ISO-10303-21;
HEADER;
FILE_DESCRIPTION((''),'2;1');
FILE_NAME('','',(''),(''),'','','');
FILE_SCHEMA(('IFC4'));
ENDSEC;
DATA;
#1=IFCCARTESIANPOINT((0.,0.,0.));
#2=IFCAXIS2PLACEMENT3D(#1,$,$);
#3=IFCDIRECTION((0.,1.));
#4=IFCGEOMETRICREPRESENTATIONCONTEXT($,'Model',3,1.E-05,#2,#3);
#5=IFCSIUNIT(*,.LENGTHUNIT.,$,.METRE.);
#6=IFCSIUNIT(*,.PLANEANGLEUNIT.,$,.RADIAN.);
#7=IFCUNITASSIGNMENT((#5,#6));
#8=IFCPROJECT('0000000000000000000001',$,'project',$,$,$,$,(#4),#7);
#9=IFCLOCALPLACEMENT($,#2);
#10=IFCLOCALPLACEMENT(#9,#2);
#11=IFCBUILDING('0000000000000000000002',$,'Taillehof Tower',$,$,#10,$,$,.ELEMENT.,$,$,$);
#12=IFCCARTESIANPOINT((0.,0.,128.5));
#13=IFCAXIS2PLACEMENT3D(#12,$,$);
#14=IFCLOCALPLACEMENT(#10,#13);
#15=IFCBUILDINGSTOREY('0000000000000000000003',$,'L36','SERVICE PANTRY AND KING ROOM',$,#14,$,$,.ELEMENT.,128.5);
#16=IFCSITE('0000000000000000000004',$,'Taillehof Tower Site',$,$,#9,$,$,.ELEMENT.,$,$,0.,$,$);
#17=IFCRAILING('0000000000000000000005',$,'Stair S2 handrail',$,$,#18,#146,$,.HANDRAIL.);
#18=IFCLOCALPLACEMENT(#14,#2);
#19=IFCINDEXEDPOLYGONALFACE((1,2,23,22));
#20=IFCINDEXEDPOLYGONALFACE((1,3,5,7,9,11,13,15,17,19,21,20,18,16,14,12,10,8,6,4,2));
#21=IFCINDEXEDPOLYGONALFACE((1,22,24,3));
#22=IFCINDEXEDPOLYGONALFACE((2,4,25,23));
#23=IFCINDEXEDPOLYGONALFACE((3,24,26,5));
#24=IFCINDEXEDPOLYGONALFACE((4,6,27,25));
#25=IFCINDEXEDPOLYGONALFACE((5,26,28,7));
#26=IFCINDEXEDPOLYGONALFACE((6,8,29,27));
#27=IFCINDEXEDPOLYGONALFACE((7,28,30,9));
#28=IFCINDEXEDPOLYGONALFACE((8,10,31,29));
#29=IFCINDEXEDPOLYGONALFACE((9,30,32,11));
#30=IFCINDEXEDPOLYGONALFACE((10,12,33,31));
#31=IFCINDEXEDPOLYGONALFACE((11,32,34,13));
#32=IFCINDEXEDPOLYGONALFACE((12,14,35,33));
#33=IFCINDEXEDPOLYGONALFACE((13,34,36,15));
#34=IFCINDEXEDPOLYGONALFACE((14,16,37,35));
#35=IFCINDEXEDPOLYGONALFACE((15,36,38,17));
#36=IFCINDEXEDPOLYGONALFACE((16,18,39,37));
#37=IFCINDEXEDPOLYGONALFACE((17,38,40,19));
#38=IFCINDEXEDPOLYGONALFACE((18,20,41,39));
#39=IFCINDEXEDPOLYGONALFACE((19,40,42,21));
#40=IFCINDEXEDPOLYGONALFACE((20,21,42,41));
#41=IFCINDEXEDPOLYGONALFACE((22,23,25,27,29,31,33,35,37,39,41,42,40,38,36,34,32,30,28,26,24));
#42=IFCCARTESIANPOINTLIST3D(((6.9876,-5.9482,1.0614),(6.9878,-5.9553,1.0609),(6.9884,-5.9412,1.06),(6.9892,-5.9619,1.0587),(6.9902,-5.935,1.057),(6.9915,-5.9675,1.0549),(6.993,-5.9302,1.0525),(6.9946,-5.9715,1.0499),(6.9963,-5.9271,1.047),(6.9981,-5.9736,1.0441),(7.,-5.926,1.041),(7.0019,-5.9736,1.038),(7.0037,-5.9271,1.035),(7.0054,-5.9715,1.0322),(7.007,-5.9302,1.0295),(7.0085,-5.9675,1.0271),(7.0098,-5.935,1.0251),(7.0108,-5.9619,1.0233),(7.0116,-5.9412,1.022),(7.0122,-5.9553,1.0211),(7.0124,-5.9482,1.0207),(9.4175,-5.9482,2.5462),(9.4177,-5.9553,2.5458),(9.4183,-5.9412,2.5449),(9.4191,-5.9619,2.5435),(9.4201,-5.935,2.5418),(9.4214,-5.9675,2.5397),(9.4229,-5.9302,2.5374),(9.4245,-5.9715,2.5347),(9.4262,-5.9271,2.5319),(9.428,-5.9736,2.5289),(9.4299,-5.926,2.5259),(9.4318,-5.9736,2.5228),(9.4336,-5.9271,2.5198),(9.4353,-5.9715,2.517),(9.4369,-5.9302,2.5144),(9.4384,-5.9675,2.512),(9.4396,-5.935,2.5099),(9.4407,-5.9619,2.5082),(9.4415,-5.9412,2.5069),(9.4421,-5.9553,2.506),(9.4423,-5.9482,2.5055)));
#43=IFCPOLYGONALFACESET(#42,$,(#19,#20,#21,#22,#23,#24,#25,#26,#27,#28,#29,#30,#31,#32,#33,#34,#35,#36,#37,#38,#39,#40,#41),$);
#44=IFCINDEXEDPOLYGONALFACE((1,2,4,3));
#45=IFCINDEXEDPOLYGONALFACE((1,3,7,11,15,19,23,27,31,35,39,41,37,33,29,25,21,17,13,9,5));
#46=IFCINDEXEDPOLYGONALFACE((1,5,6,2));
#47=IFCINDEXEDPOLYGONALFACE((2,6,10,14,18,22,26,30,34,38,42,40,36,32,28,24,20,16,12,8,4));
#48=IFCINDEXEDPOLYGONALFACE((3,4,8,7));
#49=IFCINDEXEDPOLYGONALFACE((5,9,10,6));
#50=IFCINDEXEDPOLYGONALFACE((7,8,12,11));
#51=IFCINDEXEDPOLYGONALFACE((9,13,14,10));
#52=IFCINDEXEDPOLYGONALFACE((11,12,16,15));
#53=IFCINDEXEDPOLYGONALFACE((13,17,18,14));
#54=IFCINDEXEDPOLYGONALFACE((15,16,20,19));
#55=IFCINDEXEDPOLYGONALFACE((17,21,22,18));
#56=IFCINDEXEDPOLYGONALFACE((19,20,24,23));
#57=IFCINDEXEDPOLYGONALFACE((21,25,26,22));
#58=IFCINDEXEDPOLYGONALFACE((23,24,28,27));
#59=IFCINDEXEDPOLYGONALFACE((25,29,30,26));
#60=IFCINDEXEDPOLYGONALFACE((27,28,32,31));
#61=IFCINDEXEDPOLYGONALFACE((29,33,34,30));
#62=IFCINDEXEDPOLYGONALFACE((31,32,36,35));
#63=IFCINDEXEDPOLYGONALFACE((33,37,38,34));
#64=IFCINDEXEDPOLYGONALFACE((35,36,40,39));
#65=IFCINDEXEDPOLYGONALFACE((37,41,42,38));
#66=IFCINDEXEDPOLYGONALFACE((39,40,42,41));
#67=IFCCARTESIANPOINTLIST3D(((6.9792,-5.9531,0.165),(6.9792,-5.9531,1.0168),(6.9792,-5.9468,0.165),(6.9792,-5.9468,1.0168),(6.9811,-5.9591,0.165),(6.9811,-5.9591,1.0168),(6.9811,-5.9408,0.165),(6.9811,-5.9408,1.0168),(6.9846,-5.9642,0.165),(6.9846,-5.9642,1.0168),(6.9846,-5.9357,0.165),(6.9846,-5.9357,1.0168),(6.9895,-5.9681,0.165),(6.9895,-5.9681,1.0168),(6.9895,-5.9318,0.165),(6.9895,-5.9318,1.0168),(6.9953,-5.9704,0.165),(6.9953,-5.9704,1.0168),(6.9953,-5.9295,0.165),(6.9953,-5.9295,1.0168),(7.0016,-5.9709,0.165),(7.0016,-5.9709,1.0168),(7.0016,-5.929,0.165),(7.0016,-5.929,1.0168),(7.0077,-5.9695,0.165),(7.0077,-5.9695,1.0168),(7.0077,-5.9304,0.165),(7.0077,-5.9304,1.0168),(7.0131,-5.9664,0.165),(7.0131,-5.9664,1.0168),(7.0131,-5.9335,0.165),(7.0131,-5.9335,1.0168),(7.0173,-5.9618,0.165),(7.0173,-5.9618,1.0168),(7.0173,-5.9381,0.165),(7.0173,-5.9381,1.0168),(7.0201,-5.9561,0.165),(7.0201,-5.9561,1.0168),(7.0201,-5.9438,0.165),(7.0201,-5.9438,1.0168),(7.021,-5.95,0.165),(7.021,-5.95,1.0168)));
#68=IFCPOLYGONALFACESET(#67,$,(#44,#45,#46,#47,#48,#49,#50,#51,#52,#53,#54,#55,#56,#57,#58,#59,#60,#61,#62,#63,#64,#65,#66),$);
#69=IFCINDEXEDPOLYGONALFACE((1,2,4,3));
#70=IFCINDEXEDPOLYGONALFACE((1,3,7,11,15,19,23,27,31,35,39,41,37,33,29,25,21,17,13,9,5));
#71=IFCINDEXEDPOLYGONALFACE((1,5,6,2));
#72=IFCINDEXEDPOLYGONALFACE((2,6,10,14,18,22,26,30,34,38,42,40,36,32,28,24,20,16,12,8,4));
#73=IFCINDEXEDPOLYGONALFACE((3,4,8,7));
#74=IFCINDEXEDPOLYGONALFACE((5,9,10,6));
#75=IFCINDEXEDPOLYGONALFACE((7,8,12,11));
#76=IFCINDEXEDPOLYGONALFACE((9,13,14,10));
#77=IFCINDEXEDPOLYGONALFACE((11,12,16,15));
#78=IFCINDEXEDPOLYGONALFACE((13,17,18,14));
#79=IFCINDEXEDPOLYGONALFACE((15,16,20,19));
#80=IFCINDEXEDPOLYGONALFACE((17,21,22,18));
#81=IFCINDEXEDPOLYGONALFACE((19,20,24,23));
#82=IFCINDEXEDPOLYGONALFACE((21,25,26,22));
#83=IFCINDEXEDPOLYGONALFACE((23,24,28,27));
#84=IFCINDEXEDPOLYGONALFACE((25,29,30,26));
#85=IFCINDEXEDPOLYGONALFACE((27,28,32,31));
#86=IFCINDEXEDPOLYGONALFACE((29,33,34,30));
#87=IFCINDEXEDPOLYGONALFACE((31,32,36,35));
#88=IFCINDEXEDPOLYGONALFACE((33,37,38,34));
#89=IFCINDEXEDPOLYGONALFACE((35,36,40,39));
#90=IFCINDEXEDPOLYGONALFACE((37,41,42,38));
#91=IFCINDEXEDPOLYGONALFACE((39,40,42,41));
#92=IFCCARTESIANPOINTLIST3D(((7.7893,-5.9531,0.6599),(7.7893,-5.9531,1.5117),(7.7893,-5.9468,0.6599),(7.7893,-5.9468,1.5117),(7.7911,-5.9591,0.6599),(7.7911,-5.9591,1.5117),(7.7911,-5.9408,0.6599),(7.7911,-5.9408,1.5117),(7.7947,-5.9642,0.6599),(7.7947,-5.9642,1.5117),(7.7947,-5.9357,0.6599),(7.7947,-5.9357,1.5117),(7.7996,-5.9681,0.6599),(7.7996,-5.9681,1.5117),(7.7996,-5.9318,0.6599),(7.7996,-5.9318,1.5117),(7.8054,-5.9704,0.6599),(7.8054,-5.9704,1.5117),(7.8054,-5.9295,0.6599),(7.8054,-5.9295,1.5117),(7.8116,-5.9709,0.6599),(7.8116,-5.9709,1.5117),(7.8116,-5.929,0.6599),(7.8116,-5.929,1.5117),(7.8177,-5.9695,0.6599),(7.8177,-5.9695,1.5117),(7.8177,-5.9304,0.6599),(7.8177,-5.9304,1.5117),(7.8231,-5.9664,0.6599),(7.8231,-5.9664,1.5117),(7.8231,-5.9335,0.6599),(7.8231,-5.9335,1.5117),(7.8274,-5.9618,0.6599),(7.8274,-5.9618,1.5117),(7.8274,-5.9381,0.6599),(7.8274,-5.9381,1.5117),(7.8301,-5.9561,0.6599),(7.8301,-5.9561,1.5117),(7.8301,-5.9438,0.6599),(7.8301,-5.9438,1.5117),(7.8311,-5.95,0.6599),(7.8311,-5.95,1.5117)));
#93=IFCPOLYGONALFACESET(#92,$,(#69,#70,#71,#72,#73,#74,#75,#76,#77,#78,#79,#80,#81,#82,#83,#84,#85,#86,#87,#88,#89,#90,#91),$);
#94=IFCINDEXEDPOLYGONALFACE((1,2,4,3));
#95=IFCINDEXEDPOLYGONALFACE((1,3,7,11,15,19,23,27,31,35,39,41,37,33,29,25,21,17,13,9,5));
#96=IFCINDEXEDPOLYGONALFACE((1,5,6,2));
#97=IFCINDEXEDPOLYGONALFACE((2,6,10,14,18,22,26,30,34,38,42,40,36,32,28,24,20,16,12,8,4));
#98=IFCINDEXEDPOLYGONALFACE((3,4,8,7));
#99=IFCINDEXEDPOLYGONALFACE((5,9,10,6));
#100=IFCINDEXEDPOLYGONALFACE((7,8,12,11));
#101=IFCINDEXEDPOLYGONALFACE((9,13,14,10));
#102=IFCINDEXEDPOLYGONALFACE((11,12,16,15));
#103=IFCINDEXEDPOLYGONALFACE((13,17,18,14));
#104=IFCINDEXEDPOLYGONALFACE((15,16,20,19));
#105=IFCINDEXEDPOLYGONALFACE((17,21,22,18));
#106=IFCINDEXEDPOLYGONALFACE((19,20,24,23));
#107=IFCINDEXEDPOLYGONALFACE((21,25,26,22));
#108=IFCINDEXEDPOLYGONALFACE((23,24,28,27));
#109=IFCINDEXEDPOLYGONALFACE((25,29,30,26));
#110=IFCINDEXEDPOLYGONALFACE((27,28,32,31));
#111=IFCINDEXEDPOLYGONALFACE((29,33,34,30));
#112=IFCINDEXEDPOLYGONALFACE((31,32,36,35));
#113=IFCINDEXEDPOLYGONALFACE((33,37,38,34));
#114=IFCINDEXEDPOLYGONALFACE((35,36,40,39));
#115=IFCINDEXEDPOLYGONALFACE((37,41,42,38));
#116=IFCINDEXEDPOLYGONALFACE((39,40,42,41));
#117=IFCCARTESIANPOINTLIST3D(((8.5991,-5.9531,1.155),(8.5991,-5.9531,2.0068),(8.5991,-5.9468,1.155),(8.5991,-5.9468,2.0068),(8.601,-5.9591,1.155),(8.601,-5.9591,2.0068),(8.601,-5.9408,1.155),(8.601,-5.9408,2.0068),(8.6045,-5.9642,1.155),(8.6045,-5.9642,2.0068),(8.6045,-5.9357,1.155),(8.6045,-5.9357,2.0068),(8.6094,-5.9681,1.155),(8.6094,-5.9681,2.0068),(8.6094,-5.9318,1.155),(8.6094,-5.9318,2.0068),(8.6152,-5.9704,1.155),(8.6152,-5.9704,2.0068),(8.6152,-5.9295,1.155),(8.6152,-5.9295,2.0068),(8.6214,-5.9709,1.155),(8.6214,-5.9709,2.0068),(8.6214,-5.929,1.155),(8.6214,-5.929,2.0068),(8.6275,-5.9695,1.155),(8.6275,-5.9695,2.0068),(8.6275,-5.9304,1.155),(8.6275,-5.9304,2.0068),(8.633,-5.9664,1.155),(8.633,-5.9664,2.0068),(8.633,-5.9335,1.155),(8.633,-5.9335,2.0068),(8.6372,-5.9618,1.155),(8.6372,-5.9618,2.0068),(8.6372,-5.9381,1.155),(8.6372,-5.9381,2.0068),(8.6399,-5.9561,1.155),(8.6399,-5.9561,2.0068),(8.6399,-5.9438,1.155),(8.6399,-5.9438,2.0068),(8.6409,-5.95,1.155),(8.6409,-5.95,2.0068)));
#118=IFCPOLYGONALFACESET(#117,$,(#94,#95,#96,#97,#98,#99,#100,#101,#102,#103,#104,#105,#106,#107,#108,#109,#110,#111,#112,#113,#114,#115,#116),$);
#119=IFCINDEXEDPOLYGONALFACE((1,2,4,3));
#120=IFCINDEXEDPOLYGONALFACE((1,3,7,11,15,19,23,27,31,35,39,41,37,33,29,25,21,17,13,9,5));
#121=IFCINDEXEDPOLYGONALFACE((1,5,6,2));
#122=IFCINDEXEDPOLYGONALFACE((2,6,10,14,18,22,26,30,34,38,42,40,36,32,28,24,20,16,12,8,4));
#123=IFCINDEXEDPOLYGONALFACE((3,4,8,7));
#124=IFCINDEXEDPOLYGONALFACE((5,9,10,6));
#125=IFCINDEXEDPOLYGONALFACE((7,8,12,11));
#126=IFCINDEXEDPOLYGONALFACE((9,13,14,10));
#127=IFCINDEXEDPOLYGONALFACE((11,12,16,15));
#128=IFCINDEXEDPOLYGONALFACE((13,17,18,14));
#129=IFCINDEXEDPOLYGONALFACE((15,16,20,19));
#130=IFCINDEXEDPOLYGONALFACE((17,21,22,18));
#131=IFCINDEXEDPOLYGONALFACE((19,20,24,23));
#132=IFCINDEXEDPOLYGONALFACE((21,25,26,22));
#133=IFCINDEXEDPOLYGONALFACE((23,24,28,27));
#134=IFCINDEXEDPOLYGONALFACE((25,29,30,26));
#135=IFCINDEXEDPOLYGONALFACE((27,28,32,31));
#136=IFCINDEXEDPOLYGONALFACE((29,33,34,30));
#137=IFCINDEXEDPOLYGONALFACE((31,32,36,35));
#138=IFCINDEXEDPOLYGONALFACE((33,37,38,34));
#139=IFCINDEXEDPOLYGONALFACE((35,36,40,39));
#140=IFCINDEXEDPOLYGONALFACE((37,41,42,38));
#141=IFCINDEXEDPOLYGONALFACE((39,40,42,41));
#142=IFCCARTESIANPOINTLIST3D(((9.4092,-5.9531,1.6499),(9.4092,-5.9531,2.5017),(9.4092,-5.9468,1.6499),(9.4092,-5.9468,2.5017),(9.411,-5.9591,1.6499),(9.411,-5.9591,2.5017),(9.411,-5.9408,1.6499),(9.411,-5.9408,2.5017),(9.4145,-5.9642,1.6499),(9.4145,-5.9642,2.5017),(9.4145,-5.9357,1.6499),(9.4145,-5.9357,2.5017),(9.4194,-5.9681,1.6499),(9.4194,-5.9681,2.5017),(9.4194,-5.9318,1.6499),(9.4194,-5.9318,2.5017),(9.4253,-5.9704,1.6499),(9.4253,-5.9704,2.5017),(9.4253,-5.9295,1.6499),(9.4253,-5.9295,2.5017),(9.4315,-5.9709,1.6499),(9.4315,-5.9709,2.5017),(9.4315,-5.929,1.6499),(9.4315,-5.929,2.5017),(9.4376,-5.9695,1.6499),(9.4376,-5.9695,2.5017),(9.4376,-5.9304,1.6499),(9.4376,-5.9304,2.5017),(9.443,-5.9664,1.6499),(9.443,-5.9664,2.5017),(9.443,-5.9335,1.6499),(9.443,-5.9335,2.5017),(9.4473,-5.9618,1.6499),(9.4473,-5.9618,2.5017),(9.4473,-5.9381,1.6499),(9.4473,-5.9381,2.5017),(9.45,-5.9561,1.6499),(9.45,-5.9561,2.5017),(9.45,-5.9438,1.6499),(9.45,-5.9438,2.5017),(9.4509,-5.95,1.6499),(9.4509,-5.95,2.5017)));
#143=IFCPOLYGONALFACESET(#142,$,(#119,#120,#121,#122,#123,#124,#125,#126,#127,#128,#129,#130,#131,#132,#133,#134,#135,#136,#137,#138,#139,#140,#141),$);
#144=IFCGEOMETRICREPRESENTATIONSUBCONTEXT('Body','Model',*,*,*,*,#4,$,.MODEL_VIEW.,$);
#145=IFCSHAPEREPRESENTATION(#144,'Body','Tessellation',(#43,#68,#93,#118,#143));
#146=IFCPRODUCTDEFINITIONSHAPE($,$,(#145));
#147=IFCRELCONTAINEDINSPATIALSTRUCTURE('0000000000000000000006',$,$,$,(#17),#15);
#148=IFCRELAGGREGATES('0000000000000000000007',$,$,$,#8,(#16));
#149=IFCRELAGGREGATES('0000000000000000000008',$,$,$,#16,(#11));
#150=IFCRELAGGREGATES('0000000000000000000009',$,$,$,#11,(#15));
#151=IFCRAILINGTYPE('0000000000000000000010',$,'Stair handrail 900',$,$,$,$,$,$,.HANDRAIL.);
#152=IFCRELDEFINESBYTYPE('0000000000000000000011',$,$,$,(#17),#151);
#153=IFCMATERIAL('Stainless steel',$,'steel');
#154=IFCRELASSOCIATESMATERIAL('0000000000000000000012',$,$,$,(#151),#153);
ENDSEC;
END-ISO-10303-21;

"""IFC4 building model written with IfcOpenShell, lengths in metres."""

from ifc_helpers import new_model, si_unit, direction, frame, origin, origin_2d, place, context, subcontext, project, spatial, circle, extrude, material, type_object, element, save


model = new_model("IFC4")

# Units and contexts
model_context = context("Model", 3, precision=1e-05, world=origin(), true_north=direction((0.0, 1.0)))
body_context = subcontext(model_context, "Body", "Model", "MODEL_VIEW")
ifc_project = project(units=[si_unit("LENGTHUNIT", "METRE"), si_unit("PLANEANGLEUNIT", "RADIAN")], contexts=[model_context])

# Site, building, storey
site_placement = place(None, origin())
site = spatial("IfcSite", under=ifc_project, at=site_placement, Name="Taillehof Tower Site", CompositionType="ELEMENT", RefElevation=0.0)
building_placement = place(site_placement, origin())
building = spatial("IfcBuilding", under=site, at=building_placement, Name="Taillehof Tower", CompositionType="ELEMENT")
storey_placement = place(building_placement, frame((0.0, 0.0, 128.5)))
storey = spatial("IfcBuildingStorey", under=building, at=storey_placement, Name="L36", Description="SERVICE PANTRY AND KING ROOM", CompositionType="ELEMENT", Elevation=128.5)

# Railing
ifc_material_1 = material(Name="Stainless steel", Category="steel")
railing_type = type_object("IfcRailingType", Name="Stair handrail 900", PredefinedType="HANDRAIL", material=ifc_material_1)
railing_1_placement = place(storey_placement, frame((7.0, -5.95, 0.165)))
element("IfcRailing", 1, at=railing_1_placement, inside=storey, type_object=railing_type, Name="Stair S2 handrail", PredefinedType="HANDRAIL", context=body_context, shape_type="SweptSolid", body=[
    extrude(circle(Radius=0.0239, at=origin_2d()), frame((0.0, 0.0, 0.876), z_axis=(0.853297, 0.0, 0.521426), x_axis=(0.0, 1.0, 0.0)), (0.0, 0.0, 1.0), 2.8477),
    extrude(circle(Radius=0.021, at=origin_2d()), origin(), (0.0, 0.0, 1.0), 0.8518),
    extrude(circle(Radius=0.021, at=origin_2d()), frame((0.8101, 0.0, 0.4949)), (0.0, 0.0, 1.0), 0.8518),
    extrude(circle(Radius=0.021, at=origin_2d()), frame((1.6199, 0.0, 0.99)), (0.0, 0.0, 1.0), 0.8518),
    extrude(circle(Radius=0.021, at=origin_2d()), frame((2.4299, 0.0, 1.4849)), (0.0, 0.0, 1.0), 0.8518),
])

save(model, "model.ifc")
